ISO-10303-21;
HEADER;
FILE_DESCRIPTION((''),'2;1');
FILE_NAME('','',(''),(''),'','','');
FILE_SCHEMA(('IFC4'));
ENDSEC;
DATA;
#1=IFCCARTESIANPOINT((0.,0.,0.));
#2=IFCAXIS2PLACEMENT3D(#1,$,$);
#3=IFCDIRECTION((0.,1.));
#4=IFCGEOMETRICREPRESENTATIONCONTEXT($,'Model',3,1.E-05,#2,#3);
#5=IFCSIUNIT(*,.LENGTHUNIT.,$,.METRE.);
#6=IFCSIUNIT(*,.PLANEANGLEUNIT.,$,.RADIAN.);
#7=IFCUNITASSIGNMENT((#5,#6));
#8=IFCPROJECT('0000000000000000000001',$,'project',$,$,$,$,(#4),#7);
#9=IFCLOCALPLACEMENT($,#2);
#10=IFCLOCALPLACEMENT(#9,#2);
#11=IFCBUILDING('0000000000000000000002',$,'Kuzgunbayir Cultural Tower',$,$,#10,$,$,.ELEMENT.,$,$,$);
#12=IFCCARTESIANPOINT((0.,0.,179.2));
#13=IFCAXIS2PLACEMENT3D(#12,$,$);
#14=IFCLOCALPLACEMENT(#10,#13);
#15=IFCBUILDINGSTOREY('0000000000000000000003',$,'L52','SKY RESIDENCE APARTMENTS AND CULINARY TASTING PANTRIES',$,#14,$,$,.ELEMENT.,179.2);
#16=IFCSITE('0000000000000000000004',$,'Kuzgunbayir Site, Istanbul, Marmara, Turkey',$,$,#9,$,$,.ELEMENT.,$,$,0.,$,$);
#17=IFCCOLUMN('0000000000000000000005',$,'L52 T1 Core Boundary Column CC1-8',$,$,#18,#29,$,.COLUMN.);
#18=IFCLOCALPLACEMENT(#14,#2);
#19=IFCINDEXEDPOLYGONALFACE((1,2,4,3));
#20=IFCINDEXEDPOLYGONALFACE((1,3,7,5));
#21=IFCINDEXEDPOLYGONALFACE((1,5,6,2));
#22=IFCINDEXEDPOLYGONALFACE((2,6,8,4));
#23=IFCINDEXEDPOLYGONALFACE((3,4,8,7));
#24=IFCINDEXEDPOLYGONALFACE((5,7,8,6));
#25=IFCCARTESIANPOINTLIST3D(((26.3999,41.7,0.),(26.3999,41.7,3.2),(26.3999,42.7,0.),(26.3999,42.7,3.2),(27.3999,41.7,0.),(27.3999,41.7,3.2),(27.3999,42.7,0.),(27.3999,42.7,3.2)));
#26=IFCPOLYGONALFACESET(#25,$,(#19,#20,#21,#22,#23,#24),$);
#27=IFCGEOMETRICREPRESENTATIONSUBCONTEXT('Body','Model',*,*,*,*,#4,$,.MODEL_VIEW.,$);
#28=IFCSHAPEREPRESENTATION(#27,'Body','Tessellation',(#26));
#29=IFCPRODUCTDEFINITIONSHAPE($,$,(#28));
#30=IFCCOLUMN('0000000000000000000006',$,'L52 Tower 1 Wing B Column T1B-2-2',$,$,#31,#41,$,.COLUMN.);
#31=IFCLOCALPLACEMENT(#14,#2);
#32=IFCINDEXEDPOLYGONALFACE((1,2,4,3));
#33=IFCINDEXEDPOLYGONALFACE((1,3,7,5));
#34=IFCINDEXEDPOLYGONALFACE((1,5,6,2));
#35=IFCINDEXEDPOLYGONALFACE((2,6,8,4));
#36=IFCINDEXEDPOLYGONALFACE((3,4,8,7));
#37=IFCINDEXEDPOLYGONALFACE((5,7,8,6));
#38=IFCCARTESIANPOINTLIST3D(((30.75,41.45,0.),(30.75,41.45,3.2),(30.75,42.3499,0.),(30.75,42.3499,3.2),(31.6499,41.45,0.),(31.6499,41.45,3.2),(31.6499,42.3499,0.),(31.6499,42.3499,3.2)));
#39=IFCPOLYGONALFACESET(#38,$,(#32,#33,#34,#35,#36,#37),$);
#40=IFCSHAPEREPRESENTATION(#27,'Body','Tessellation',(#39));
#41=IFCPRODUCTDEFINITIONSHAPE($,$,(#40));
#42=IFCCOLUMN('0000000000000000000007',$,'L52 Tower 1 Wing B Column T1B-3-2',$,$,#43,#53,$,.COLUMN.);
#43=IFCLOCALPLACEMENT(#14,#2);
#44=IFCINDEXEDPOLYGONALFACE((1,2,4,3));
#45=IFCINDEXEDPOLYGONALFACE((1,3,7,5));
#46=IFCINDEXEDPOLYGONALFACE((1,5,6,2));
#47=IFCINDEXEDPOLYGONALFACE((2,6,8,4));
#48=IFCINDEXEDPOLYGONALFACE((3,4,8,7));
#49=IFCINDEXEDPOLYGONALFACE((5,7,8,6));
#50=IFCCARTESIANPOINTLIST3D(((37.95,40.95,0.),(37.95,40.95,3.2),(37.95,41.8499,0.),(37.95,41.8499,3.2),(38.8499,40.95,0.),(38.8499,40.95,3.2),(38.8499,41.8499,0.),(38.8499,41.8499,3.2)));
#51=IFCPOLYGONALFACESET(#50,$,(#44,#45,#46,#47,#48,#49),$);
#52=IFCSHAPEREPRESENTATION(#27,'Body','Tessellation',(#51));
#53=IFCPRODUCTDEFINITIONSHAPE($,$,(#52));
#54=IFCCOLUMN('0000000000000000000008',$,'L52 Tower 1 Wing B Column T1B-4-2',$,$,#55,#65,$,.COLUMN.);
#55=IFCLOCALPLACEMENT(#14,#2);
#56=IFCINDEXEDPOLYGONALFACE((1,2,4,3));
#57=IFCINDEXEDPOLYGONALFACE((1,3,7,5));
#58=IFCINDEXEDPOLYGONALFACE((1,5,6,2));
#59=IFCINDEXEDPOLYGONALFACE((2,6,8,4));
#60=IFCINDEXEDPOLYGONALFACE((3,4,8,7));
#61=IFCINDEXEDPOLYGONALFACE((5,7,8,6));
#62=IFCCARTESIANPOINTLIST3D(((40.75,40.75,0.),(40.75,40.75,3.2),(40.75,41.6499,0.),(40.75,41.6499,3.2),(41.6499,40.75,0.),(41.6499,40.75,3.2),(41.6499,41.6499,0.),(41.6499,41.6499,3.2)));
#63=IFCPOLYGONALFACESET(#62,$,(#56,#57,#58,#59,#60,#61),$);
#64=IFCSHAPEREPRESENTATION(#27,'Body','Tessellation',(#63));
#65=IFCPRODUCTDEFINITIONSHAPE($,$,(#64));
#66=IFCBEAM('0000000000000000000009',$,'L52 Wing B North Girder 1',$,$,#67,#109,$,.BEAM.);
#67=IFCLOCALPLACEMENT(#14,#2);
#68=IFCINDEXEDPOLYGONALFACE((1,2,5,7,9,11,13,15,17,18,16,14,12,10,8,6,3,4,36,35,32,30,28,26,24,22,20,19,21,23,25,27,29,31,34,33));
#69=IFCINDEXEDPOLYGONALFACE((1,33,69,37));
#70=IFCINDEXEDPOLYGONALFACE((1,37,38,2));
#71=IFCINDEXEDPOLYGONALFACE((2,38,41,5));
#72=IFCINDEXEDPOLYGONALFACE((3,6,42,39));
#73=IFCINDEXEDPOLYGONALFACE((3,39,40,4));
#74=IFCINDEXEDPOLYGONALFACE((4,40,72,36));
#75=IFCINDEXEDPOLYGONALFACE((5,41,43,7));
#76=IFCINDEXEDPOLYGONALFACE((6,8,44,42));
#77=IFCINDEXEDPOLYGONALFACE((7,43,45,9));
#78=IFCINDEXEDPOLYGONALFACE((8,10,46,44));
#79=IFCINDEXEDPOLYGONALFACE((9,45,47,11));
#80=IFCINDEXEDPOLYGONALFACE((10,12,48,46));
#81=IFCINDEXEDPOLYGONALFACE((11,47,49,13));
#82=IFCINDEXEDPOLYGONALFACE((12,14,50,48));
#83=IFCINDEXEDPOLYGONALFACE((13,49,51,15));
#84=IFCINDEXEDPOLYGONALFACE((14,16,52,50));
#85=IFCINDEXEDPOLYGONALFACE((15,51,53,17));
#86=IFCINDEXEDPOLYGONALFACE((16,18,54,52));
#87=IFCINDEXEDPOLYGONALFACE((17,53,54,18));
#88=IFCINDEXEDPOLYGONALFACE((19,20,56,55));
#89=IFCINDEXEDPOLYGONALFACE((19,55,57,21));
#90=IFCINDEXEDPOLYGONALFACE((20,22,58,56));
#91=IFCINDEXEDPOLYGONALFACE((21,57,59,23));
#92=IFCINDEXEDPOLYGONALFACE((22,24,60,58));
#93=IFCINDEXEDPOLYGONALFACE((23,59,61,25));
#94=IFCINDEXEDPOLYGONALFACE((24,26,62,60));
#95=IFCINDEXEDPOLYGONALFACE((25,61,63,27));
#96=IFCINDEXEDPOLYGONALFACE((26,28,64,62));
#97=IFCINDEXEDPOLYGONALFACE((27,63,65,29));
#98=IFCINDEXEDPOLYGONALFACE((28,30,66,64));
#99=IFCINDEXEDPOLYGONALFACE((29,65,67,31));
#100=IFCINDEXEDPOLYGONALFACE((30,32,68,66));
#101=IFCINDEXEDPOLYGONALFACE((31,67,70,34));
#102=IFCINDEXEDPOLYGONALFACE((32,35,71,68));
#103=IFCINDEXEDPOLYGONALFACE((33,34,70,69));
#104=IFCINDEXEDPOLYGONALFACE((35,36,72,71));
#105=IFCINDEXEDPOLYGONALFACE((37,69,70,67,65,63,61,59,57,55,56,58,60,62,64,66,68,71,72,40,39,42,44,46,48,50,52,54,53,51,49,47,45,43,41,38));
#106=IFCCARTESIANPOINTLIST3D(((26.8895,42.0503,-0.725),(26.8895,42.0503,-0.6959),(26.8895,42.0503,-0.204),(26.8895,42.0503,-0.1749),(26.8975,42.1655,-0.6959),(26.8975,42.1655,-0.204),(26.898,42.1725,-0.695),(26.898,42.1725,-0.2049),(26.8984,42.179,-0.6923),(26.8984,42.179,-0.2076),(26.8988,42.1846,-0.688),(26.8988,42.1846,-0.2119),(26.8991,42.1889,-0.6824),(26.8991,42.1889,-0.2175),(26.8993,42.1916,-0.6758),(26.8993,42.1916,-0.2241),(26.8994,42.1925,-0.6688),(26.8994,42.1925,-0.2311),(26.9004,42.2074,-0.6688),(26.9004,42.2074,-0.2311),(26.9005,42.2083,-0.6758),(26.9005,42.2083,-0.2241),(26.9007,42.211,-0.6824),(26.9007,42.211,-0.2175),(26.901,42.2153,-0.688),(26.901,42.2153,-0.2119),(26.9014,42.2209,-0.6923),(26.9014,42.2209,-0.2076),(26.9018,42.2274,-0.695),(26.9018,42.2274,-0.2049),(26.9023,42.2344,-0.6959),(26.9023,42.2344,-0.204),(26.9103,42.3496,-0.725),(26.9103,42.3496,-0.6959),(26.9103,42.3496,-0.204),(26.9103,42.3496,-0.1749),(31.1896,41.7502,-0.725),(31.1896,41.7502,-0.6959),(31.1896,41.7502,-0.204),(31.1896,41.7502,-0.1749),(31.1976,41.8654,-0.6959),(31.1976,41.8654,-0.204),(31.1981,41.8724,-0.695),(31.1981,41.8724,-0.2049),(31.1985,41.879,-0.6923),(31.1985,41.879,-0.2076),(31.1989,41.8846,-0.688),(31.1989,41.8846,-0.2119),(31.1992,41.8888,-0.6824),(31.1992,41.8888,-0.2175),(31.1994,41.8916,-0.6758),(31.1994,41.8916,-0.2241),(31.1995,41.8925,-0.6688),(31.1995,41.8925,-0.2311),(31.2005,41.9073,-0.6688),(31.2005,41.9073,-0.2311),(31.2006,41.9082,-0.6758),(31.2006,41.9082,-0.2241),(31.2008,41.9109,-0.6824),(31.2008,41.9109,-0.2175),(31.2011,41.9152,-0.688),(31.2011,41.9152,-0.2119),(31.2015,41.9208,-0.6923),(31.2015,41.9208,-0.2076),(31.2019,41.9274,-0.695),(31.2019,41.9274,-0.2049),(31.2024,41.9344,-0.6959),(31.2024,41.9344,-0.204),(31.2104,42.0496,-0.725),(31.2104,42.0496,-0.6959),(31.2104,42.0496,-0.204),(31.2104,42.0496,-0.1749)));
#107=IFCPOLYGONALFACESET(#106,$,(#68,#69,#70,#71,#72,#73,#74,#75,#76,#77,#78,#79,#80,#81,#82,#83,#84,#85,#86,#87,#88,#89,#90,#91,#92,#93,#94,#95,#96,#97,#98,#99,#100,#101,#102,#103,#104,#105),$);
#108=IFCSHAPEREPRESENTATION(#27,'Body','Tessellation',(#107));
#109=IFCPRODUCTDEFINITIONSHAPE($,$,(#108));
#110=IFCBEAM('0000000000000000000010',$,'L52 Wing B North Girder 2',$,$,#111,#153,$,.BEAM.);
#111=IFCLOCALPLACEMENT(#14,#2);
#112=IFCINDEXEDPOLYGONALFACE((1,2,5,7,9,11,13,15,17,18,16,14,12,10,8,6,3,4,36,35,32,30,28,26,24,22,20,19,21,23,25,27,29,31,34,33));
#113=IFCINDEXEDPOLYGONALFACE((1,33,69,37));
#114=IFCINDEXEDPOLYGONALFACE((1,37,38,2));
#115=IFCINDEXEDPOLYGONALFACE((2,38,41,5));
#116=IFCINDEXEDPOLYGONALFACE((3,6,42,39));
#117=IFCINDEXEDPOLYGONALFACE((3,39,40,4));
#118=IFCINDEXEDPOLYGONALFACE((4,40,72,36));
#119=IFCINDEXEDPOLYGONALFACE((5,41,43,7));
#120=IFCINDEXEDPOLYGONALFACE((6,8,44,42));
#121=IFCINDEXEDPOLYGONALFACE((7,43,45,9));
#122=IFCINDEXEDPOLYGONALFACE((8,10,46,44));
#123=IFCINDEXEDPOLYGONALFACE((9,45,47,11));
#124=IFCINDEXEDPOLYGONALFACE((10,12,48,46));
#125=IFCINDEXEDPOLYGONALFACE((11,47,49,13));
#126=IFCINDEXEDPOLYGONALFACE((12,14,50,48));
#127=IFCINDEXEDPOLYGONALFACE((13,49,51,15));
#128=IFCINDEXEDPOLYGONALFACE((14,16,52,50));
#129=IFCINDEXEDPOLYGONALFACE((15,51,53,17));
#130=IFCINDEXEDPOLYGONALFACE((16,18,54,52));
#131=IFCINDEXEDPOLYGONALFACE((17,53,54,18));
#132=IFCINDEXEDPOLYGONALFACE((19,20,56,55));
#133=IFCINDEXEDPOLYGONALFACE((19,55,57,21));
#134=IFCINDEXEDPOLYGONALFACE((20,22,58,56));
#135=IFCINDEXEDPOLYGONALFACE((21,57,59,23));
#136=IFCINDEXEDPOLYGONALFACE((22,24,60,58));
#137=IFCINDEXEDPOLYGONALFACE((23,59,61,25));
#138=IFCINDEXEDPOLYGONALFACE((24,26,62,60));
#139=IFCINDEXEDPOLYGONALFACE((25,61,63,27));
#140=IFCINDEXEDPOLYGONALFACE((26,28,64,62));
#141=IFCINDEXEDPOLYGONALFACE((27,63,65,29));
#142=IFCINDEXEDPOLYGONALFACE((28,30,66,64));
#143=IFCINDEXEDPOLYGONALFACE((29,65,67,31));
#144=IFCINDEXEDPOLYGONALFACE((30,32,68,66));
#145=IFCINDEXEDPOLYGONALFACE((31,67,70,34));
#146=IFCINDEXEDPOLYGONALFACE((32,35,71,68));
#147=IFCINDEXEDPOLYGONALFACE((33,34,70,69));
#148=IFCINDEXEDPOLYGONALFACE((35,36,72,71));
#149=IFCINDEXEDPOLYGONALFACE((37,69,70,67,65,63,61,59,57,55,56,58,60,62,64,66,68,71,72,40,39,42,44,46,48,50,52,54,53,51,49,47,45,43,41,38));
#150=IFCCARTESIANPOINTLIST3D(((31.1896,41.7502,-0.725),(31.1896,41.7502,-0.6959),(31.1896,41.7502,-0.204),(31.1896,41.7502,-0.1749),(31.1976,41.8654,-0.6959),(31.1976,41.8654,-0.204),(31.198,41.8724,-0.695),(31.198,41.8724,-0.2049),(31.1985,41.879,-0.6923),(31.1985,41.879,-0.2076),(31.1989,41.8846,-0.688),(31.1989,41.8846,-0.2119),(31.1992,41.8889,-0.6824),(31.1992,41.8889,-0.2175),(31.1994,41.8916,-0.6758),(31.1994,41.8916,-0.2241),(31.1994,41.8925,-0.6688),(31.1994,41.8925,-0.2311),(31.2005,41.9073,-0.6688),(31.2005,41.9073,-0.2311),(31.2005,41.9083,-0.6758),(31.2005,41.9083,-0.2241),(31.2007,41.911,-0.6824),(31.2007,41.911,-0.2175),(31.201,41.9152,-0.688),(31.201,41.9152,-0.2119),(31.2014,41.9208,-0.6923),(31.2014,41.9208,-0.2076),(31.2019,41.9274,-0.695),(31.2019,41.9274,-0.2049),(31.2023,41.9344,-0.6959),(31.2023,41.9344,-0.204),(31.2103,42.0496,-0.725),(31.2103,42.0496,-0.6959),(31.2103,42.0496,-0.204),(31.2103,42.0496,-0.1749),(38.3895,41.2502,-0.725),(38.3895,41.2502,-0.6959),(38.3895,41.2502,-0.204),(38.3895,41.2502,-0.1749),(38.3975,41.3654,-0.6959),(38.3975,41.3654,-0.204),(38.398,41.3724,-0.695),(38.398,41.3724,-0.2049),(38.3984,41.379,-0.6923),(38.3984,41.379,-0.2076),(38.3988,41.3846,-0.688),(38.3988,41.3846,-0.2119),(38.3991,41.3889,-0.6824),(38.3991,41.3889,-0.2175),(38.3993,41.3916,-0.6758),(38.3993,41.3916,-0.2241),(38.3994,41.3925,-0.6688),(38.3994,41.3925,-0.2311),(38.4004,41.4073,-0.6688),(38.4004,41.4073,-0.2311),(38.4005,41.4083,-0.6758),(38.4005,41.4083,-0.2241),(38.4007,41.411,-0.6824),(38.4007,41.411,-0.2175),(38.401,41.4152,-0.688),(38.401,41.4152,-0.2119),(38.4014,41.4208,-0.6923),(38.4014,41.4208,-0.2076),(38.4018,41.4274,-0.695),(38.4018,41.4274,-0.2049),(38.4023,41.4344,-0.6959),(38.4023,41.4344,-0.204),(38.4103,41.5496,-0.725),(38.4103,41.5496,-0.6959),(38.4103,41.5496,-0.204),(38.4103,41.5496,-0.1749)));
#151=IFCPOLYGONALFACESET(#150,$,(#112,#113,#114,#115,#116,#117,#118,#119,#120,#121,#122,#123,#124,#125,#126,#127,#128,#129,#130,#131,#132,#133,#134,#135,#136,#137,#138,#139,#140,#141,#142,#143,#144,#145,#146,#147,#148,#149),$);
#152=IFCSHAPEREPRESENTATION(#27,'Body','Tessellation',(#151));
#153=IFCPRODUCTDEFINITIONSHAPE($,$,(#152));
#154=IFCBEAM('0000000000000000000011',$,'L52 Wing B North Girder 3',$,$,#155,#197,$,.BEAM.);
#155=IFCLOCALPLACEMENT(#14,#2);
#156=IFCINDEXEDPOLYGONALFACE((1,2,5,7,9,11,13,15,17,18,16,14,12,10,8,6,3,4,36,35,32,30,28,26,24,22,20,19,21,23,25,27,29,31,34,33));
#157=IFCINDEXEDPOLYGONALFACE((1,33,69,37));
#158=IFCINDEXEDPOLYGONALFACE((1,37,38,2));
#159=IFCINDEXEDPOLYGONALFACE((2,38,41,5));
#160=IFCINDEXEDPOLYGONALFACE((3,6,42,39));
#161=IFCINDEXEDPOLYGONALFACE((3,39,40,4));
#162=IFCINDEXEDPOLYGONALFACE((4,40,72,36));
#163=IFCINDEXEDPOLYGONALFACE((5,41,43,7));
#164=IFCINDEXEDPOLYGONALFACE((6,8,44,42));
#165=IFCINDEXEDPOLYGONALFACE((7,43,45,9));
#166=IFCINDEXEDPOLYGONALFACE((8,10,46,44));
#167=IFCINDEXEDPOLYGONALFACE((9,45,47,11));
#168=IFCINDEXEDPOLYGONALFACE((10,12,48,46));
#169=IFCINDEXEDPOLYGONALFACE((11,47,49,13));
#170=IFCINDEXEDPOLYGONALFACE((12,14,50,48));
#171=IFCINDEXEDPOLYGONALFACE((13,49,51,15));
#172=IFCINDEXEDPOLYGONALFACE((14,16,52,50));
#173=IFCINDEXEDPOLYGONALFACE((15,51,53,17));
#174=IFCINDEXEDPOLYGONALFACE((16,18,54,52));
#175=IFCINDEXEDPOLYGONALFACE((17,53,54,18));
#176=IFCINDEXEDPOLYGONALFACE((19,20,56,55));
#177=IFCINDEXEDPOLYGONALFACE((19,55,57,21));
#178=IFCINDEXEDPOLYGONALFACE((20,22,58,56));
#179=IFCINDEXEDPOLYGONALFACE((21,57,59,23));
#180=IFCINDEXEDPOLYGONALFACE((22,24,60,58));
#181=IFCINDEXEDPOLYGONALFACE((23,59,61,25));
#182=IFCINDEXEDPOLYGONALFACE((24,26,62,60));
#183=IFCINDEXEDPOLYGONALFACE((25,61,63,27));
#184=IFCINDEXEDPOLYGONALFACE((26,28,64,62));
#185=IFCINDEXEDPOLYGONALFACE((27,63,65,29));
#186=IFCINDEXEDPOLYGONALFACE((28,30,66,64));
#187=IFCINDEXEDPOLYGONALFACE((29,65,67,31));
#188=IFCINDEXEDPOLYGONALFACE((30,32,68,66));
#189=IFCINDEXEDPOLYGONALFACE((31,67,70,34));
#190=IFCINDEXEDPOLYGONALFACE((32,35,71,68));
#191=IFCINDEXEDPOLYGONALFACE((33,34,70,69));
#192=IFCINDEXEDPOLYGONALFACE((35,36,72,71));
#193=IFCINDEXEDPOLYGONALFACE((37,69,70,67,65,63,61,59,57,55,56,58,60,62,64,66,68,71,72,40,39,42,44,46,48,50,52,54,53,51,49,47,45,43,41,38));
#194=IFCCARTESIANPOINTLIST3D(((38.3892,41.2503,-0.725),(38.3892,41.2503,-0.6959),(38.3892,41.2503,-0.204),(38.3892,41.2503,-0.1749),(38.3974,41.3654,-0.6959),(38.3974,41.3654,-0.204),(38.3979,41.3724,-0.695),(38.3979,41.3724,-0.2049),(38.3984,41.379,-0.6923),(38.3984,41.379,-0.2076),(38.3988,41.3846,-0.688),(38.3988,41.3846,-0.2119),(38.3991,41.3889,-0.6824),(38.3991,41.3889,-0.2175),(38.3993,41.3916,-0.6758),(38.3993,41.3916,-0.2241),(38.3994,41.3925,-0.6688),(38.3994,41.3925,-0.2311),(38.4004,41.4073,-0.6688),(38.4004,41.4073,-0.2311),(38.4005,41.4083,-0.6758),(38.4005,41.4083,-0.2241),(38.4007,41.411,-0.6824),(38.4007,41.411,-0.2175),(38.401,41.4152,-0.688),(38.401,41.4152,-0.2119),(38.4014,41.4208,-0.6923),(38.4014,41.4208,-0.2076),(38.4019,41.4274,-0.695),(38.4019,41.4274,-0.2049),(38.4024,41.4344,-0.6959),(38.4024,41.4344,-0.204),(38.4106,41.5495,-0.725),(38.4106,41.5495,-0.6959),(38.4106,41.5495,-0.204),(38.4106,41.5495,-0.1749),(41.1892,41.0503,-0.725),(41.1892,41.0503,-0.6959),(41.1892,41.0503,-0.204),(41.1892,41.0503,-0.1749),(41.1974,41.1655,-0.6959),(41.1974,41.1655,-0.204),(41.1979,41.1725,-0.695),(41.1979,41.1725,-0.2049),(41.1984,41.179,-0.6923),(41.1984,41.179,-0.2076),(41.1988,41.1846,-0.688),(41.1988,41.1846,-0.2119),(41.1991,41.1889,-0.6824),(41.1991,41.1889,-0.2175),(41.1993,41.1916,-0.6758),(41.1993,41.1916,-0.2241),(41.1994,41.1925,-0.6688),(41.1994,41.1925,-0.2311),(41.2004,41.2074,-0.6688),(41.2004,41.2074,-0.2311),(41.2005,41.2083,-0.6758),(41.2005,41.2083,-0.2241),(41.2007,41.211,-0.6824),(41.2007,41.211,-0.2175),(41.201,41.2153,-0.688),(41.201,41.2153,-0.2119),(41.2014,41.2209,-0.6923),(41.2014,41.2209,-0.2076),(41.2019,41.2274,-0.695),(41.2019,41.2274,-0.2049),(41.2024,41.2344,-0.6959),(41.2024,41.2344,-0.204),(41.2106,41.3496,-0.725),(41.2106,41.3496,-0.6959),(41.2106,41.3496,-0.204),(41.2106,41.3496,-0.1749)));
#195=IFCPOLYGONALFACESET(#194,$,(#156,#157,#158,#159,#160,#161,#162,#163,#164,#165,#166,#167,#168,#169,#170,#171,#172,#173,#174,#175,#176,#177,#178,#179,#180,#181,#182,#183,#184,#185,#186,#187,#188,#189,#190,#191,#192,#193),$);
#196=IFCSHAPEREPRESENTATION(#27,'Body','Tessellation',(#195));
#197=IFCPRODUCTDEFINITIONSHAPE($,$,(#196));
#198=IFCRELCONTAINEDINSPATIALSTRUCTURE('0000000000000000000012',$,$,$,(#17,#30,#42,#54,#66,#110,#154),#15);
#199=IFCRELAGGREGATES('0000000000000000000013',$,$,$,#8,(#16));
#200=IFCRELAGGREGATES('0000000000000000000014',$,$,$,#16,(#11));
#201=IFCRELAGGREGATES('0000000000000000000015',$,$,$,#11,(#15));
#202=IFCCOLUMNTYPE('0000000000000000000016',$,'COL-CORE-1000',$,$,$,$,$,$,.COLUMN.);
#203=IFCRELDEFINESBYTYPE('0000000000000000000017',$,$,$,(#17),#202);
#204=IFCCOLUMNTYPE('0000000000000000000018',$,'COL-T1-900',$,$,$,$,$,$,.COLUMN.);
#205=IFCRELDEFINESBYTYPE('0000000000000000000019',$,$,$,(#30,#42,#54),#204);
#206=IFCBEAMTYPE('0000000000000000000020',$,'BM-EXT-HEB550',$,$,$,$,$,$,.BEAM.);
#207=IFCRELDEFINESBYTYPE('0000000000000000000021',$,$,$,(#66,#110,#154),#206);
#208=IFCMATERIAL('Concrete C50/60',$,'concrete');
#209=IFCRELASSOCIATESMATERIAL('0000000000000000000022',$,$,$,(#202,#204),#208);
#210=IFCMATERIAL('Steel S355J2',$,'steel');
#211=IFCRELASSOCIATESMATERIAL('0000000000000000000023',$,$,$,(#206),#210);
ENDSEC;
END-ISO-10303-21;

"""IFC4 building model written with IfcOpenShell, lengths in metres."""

from ifc_helpers import new_model, si_unit, direction, frame, origin, origin_2d, place, context, subcontext, project, spatial, rectangle, i_section, extrude, material, material_profile, profile_set, type_object, element, save


model = new_model("IFC4")

# Units and contexts
model_context = context("Model", 3, precision=1e-05, world=origin(), true_north=direction((0.0, 1.0)))
body_context = subcontext(model_context, "Body", "Model", "MODEL_VIEW")
ifc_project = project(units=[si_unit("LENGTHUNIT", "METRE"), si_unit("PLANEANGLEUNIT", "RADIAN")], contexts=[model_context])

# Site, building, storey
site_placement = place(None, origin())
site = spatial("IfcSite", under=ifc_project, at=site_placement, Name="Kuzgunbayir Site, Istanbul, Marmara, Turkey", CompositionType="ELEMENT", RefElevation=0.0)
building_placement = place(site_placement, origin())
building = spatial("IfcBuilding", under=site, at=building_placement, Name="Kuzgunbayir Cultural Tower", CompositionType="ELEMENT")
storey_placement = place(building_placement, frame((0.0, 0.0, 179.2)))
storey = spatial("IfcBuildingStorey", under=building, at=storey_placement, Name="L52", Description="SKY RESIDENCE APARTMENTS AND CULINARY TASTING PANTRIES", CompositionType="ELEMENT", Elevation=179.2)

# Columns
ifc_material_1 = material(Name="Concrete C50/60", Category="concrete")
ifc_material_profile_1 = material_profile(ifc_material_1, rectangle(XDim=1.0, YDim=1.0, at=origin_2d()), Name="RC 1000x1000")
ifc_profile_set_1 = profile_set([ifc_material_profile_1], Name="Concrete C50/60")
column_type_1 = type_object("IfcColumnType", Name="COL-CORE-1000", PredefinedType="COLUMN", material=ifc_profile_set_1)
column_placement = place(storey_placement, frame((26.8999, 42.2, 0.0), z_axis=(0.0, 0.0, 1.0), x_axis=(1.0, 0.0, 0.0)))
element("IfcColumn", 1, at=column_placement, inside=storey, type_object=column_type_1, Name="L52 T1 Core Boundary Column CC1-8", PredefinedType="COLUMN", context=body_context, shape_type="SweptSolid", body=[
    extrude(rectangle(XDim=1.0, YDim=1.0, at=origin_2d()), origin(), (0.0, 0.0, 1.0), 3.2),
])
ifc_material_profile_2 = material_profile(ifc_material_1, rectangle(XDim=0.8999, YDim=0.8999, at=origin_2d()), Name="RC 900x900")
ifc_profile_set_2 = profile_set([ifc_material_profile_2], Name="Concrete C50/60")
column_type_2 = type_object("IfcColumnType", Name="COL-T1-900", PredefinedType="COLUMN", material=ifc_profile_set_2)
for number, where, z_axis, x_axis, name in (
    (2, (31.2, 41.8999, 0.0), (0.0, 0.0, 1.0), (1.0, 0.0, 0.0), "L52 Tower 1 Wing B Column T1B-2-2"),
    (3, (38.3999, 41.3999, 0.0), (0.0, 0.0, 1.0), (1.0, 0.0, 0.0), "L52 Tower 1 Wing B Column T1B-3-2"),
    (4, (41.2, 41.2, 0.0), (0.0, 0.0, 1.0), (1.0, 0.0, 0.0), "L52 Tower 1 Wing B Column T1B-4-2"),
):
    element("IfcColumn", number, at=place(storey_placement, frame(where, z_axis=z_axis, x_axis=x_axis)), inside=storey, type_object=column_type_2, Name=name, PredefinedType="COLUMN", context=body_context, shape_type="SweptSolid", body=[
        extrude(rectangle(XDim=0.8999, YDim=0.8999, at=origin_2d()), origin(), (0.0, 0.0, 1.0), 3.2),
    ])

# Beams
ifc_material_2 = material(Name="Steel S355J2", Category="steel")
ifc_material_profile_3 = material_profile(ifc_material_2, i_section(OverallWidth=0.3, OverallDepth=0.55, WebThickness=0.0149, FlangeThickness=0.0291, FilletRadius=0.0271, at=origin_2d()), Name="HEB 550")
ifc_profile_set_3 = profile_set([ifc_material_profile_3], Name="Steel S355J2")
beam_type_1 = type_object("IfcBeamType", Name="BM-EXT-HEB550", PredefinedType="BEAM", material=ifc_profile_set_3)
beam_1_placement = place(storey_placement, frame((26.8999, 42.2, -0.45), z_axis=(0.997574, -0.069609, 0.0), x_axis=(0.069609, 0.997574, 0.0)))
element("IfcBeam", 5, at=beam_1_placement, inside=storey, type_object=beam_type_1, Name="L52 Wing B North Girder 1", PredefinedType="BEAM", context=body_context, shape_type="SweptSolid", body=[
    extrude(i_section(OverallWidth=0.3, OverallDepth=0.55, WebThickness=0.0149, FlangeThickness=0.0291, FilletRadius=0.0271, at=origin_2d()), origin(), (0.0, 0.0, 1.0), 4.3105),
])
beam_2_placement = place(storey_placement, frame((31.2, 41.8999, -0.45), z_axis=(0.997597, -0.069278, 0.0), x_axis=(0.069278, 0.997597, 0.0)))
element("IfcBeam", 6, at=beam_2_placement, inside=storey, type_object=beam_type_1, Name="L52 Wing B North Girder 2", PredefinedType="BEAM", context=body_context, shape_type="SweptSolid", body=[
    extrude(i_section(OverallWidth=0.3, OverallDepth=0.55, WebThickness=0.0149, FlangeThickness=0.0291, FilletRadius=0.0271, at=origin_2d()), origin(), (0.0, 0.0, 1.0), 7.2173),
])
beam_3_placement = place(storey_placement, frame((38.3999, 41.3999, -0.45), z_axis=(0.99746, -0.071229, 0.0), x_axis=(0.071229, 0.99746, 0.0)))
element("IfcBeam", 7, at=beam_3_placement, inside=storey, type_object=beam_type_1, Name="L52 Wing B North Girder 3", PredefinedType="BEAM", context=body_context, shape_type="SweptSolid", body=[
    extrude(i_section(OverallWidth=0.3, OverallDepth=0.55, WebThickness=0.0149, FlangeThickness=0.0291, FilletRadius=0.0271, at=origin_2d()), origin(), (0.0, 0.0, 1.0), 2.8071),
])

save(model, "model.ifc")
